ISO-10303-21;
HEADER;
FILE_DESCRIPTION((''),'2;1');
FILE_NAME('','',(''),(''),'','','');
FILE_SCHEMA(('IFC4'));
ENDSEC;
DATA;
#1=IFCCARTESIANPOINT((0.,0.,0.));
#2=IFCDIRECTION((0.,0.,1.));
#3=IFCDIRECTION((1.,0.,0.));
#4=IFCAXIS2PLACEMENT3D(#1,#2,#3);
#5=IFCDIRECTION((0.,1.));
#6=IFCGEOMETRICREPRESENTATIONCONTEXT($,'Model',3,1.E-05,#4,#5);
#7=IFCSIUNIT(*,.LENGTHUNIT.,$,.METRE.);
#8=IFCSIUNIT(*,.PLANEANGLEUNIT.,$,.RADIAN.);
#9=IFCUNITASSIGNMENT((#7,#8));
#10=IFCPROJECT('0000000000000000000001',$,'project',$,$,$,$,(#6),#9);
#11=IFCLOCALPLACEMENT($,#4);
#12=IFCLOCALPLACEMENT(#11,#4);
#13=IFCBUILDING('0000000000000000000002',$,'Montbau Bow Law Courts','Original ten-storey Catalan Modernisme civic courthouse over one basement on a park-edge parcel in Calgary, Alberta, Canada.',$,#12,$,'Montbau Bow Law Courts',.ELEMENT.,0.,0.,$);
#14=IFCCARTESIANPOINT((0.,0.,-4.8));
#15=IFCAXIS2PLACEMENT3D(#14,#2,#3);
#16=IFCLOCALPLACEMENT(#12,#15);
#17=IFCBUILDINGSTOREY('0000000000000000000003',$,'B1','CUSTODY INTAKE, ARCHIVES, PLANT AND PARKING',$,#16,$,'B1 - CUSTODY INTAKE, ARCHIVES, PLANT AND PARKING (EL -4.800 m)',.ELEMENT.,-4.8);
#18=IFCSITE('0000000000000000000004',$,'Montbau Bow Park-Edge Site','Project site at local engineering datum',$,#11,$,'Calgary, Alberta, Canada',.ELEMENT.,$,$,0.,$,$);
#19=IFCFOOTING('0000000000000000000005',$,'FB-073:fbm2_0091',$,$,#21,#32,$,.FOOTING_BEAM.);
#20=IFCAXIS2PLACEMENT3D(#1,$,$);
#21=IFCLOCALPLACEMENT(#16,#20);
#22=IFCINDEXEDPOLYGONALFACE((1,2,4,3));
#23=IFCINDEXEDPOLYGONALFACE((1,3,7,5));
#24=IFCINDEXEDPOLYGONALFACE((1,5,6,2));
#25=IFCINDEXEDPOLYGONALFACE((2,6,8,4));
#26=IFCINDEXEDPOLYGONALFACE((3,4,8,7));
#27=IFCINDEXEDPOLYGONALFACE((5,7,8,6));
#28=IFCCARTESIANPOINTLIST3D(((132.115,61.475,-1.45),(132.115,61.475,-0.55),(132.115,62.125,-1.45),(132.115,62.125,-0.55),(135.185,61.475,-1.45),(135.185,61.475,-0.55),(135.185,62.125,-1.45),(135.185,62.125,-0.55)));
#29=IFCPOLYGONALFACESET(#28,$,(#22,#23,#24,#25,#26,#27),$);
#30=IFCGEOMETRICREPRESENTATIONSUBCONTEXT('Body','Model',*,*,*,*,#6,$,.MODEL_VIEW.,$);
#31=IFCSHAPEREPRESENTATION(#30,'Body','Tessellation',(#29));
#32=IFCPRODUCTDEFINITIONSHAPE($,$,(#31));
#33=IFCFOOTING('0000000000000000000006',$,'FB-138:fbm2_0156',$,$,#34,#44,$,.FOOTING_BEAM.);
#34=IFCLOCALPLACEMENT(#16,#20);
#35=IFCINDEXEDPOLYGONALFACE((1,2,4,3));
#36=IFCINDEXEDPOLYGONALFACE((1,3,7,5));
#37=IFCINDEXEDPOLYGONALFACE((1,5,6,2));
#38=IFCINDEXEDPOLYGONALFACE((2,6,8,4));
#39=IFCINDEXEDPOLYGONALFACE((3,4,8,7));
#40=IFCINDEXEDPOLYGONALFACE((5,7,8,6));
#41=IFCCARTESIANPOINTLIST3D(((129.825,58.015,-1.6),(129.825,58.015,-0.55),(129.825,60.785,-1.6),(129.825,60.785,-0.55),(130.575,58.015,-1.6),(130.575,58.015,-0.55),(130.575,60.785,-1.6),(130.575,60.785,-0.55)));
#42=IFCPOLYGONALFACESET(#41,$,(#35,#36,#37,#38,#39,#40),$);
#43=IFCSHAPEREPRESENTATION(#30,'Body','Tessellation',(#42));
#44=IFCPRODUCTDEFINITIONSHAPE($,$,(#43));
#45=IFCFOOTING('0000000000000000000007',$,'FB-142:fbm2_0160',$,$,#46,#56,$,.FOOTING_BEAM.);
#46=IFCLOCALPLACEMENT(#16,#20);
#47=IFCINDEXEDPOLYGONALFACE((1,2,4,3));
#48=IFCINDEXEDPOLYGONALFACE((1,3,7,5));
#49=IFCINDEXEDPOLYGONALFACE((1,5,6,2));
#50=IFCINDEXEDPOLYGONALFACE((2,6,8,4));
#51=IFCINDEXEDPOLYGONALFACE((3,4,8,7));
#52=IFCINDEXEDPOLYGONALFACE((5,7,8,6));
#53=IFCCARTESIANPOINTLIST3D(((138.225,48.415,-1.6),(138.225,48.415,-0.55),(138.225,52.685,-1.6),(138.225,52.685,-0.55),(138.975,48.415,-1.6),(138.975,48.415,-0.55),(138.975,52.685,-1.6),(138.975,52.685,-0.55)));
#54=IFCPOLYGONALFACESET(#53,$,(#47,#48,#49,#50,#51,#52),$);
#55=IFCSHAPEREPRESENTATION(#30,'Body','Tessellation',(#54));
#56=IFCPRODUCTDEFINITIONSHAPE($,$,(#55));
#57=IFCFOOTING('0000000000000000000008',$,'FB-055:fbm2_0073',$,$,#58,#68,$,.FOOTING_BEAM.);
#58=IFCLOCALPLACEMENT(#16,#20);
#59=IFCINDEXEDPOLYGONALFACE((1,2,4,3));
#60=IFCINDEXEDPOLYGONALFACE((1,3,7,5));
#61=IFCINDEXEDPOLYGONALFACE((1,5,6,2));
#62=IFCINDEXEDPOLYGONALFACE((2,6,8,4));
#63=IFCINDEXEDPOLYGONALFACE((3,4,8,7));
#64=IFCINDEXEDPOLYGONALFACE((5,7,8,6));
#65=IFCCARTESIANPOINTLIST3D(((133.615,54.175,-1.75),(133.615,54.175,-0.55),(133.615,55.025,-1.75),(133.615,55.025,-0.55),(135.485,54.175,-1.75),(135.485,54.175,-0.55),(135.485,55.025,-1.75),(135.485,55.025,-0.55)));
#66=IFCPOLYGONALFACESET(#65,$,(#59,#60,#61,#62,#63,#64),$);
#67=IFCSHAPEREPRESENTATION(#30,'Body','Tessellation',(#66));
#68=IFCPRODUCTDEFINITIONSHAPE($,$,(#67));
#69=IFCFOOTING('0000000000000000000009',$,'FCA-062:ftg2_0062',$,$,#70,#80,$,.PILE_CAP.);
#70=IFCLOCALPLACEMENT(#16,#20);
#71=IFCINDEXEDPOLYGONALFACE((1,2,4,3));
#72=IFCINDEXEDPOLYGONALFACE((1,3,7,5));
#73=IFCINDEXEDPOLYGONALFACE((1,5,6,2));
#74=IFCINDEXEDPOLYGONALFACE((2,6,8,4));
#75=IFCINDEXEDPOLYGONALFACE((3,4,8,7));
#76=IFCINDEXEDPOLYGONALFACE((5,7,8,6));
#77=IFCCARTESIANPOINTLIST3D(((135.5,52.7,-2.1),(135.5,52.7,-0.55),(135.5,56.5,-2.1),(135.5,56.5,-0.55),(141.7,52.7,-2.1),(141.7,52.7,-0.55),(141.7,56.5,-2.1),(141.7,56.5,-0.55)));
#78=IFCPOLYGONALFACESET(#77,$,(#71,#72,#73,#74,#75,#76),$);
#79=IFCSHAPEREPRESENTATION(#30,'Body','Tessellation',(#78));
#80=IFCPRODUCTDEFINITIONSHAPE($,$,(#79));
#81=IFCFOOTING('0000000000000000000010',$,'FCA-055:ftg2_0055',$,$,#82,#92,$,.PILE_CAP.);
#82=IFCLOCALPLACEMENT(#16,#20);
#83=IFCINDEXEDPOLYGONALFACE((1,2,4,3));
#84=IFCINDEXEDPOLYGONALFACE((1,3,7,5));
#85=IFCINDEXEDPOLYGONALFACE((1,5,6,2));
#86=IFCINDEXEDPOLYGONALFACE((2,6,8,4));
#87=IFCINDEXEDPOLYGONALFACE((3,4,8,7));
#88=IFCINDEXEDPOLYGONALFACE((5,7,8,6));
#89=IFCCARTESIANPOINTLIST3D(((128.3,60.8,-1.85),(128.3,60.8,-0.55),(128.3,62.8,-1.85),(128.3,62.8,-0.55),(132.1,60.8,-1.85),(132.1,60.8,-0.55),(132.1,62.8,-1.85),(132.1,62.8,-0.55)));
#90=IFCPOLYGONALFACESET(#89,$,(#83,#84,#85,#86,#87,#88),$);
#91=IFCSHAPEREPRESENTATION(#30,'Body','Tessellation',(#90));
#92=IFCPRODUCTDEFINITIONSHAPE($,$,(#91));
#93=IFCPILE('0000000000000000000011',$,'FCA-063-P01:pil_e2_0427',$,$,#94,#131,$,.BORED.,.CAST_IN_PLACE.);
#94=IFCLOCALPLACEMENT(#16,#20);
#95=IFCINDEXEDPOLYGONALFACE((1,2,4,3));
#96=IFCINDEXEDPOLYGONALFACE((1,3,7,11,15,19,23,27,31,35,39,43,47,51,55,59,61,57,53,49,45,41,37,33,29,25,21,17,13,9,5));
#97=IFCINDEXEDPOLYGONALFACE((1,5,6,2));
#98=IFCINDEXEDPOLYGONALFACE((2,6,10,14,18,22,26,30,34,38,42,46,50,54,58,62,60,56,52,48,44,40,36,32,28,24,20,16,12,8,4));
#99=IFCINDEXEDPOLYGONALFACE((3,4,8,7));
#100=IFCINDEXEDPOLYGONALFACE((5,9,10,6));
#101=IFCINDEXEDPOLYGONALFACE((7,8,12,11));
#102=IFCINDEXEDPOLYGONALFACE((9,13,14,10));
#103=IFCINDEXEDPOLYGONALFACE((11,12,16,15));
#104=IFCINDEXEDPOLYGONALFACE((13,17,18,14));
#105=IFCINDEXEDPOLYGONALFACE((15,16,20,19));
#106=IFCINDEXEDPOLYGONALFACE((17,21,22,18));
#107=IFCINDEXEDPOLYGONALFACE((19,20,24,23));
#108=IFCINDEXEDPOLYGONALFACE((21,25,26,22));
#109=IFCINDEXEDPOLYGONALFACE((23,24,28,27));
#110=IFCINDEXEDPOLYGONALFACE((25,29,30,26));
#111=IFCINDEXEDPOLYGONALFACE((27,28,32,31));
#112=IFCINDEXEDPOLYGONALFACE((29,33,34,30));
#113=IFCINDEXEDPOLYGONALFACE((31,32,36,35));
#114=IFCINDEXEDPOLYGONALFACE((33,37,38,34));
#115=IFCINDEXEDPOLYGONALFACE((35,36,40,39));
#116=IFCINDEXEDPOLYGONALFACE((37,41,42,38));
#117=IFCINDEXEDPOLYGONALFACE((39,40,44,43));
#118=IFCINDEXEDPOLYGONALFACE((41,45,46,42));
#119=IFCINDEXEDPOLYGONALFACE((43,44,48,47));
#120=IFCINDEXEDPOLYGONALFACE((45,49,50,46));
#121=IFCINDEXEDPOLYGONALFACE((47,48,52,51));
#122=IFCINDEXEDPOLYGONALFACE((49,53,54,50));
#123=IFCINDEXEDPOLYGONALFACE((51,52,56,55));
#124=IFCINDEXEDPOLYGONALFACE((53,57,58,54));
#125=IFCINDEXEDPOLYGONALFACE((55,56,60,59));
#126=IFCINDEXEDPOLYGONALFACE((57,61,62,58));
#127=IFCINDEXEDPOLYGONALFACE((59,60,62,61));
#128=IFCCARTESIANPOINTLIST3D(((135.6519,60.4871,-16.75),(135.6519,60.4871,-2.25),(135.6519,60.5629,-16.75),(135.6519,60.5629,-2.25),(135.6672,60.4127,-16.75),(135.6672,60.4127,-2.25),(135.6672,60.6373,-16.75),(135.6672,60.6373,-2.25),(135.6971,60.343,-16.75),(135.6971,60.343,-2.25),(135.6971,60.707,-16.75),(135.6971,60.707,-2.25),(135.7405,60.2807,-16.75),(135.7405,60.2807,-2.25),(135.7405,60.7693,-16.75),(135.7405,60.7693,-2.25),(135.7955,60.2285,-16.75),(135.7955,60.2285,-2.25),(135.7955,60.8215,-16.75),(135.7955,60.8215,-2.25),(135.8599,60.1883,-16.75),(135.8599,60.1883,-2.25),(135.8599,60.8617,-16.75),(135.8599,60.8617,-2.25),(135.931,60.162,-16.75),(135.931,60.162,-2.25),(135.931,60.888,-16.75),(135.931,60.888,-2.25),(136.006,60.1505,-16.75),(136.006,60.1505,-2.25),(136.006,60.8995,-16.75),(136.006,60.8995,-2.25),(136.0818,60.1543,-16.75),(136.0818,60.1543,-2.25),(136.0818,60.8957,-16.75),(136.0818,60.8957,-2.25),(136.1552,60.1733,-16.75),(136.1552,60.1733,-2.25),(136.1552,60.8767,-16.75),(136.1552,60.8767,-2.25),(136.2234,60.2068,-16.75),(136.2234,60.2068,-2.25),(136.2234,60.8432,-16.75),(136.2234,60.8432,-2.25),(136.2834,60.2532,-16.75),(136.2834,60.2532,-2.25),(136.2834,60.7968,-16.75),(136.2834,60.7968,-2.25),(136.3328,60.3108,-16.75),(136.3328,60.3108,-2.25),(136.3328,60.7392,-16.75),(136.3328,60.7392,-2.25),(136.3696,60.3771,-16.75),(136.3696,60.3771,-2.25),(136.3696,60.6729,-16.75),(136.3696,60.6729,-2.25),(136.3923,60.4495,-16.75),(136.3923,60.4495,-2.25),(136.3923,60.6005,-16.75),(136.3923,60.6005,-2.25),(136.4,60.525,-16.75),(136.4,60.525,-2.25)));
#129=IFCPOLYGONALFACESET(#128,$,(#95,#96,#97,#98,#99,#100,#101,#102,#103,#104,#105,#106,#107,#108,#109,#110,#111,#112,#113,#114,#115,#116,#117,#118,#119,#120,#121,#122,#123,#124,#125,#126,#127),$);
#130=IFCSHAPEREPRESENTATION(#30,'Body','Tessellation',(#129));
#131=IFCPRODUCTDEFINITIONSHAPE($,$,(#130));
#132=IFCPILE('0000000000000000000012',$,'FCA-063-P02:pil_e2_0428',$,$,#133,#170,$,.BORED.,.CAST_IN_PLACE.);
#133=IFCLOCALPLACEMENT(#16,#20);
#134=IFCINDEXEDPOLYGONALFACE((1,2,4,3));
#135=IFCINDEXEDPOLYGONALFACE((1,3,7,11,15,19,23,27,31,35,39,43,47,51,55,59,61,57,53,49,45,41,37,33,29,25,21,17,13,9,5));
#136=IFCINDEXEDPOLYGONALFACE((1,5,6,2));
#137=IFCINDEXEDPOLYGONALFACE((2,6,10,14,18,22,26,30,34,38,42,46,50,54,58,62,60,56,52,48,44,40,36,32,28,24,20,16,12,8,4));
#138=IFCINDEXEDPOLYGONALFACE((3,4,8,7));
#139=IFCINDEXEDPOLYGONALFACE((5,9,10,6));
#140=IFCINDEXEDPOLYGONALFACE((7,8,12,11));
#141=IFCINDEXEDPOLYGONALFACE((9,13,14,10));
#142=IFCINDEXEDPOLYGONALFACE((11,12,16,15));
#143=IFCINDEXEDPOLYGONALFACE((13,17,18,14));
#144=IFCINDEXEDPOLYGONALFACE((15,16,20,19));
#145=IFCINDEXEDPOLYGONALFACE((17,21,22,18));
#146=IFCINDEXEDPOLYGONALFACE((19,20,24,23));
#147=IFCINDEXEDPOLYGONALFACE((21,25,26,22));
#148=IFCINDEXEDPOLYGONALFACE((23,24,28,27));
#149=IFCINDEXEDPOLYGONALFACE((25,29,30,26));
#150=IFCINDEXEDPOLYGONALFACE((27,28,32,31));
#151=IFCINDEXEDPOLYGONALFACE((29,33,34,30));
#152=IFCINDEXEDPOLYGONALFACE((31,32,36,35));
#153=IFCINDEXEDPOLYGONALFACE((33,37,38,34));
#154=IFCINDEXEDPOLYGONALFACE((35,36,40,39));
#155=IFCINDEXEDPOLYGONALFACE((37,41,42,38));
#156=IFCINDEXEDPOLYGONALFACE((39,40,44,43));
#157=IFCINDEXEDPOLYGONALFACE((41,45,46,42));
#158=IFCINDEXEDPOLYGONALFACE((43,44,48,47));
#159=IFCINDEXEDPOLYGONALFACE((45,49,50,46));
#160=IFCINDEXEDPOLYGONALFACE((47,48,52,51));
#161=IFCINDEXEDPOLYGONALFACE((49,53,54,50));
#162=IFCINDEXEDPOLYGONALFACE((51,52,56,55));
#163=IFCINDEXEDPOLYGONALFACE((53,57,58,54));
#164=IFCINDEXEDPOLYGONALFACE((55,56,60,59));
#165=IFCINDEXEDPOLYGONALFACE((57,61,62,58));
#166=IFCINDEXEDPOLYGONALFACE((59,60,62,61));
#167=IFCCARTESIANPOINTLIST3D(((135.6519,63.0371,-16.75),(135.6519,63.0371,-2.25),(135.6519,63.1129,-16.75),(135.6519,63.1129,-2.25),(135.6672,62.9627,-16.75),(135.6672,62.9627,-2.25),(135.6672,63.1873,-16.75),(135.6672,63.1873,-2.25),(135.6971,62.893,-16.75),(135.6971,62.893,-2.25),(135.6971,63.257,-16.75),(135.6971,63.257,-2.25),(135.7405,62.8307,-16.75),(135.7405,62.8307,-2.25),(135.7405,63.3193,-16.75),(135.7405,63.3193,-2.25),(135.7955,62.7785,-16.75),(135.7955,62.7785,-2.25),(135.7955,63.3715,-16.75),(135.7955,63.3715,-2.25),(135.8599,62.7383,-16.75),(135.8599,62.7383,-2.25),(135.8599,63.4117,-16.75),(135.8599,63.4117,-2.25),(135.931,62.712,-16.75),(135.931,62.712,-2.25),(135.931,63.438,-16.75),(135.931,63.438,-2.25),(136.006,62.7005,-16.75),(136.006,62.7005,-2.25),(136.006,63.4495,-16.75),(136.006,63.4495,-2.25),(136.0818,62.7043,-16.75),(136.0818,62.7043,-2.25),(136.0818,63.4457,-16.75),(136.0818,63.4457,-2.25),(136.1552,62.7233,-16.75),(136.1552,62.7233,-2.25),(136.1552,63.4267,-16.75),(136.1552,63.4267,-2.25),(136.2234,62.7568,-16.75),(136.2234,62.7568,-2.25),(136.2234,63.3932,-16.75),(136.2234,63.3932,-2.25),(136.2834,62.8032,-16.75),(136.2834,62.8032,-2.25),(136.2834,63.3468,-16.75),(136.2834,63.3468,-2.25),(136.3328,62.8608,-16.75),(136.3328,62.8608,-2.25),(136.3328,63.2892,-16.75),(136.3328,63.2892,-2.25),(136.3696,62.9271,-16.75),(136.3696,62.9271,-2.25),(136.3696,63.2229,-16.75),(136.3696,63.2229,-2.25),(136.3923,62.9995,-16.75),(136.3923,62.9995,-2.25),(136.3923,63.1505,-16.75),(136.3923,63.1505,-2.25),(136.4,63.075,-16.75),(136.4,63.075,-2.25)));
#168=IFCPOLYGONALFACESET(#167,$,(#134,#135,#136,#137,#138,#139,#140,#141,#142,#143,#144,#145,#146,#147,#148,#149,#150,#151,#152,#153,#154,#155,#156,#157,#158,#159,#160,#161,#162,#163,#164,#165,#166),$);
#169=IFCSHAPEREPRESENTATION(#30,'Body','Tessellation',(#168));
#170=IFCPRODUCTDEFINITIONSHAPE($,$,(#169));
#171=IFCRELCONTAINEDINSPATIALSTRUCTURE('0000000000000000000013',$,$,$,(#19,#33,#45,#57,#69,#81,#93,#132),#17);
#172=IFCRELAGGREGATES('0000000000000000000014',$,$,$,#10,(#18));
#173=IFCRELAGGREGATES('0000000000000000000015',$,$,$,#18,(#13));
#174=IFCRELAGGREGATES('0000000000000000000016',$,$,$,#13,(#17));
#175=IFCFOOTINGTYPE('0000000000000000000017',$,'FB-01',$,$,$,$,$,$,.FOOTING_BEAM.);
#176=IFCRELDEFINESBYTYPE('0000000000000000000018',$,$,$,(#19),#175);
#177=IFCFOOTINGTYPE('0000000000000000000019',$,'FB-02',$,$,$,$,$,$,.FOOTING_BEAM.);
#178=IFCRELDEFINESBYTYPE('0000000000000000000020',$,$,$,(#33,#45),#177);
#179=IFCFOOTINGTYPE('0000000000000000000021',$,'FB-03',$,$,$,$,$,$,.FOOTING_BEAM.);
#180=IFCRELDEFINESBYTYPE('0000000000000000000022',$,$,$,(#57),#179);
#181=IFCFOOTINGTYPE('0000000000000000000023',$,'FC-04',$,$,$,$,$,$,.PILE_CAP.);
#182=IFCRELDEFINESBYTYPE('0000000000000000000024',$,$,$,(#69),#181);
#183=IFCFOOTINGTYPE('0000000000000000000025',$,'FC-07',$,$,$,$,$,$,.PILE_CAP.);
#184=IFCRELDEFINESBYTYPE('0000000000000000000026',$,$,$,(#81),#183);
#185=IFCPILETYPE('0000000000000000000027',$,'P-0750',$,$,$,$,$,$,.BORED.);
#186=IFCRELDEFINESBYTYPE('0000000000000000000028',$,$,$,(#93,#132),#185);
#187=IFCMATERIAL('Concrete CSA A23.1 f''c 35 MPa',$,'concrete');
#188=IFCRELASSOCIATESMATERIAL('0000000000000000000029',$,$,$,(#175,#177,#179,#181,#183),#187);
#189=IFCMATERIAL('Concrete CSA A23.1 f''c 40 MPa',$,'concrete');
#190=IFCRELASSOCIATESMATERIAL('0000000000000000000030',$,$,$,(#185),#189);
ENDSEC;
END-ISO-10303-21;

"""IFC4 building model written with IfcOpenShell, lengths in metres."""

from ifc_helpers import new_model, si_unit, direction, frame, origin_with_axes, origin_2d_with_axis, place, context, subcontext, project, spatial, rectangle, circle, extrude, material, material_profile, profile_set, type_object, element, save


model = new_model("IFC4")

# Units and contexts
model_context = context("Model", 3, precision=1e-05, world=origin_with_axes(), true_north=direction((0.0, 1.0)))
body_context = subcontext(model_context, "Body", "Model", "MODEL_VIEW")
ifc_project = project(units=[si_unit("LENGTHUNIT", "METRE"), si_unit("PLANEANGLEUNIT", "RADIAN")], contexts=[model_context])

# Site, building, storey
site_placement = place(None, origin_with_axes())
site = spatial("IfcSite", under=ifc_project, at=site_placement, Name="Montbau Bow Park-Edge Site", Description="Project site at local engineering datum", LongName="Calgary, Alberta, Canada", CompositionType="ELEMENT", RefElevation=0.0)
building_placement = place(site_placement, origin_with_axes())
building = spatial("IfcBuilding", under=site, at=building_placement, Name="Montbau Bow Law Courts", Description="Original ten-storey Catalan Modernisme civic courthouse over one basement on a park-edge parcel in Calgary, Alberta, Canada.", LongName="Montbau Bow Law Courts", CompositionType="ELEMENT", ElevationOfRefHeight=0.0, ElevationOfTerrain=0.0)
storey_placement = place(building_placement, frame((0.0, 0.0, -4.8), z_axis=(0.0, 0.0, 1.0), x_axis=(1.0, 0.0, 0.0)))
storey = spatial("IfcBuildingStorey", under=building, at=storey_placement, Name="B1", Description="CUSTODY INTAKE, ARCHIVES, PLANT AND PARKING", LongName="B1 - CUSTODY INTAKE, ARCHIVES, PLANT AND PARKING (EL -4.800 m)", CompositionType="ELEMENT", Elevation=-4.8)

# Footings
ifc_material_1 = material(Name="Concrete CSA A23.1 f'c 35 MPa", Category="concrete")
footing_type_1 = type_object("IfcFootingType", Name="FB-01", PredefinedType="FOOTING_BEAM", material=ifc_material_1)
footing_1_placement = place(None, frame((133.65, 61.8, -6.25), z_axis=(0.0, 0.0, 1.0), x_axis=(1.0, 0.0, 0.0)))
element("IfcFooting", 1, at=footing_1_placement, inside=storey, type_object=footing_type_1, Name="FB-073:fbm2_0091", PredefinedType="FOOTING_BEAM", context=body_context, shape_type="SweptSolid", body=[
    extrude(rectangle(XDim=3.07, YDim=0.65, at=origin_2d_with_axis()), origin_with_axes(), (0.0, 0.0, 1.0), 0.9),
])
footing_type_2 = type_object("IfcFootingType", Name="FB-02", PredefinedType="FOOTING_BEAM", material=ifc_material_1)
footing_2_placement = place(None, frame((130.2, 59.4, -6.4), z_axis=(0.0, 0.0, 1.0), x_axis=(0.0, 1.0, 0.0)))
element("IfcFooting", 2, at=footing_2_placement, inside=storey, type_object=footing_type_2, Name="FB-138:fbm2_0156", PredefinedType="FOOTING_BEAM", context=body_context, shape_type="SweptSolid", body=[
    extrude(rectangle(XDim=2.77, YDim=0.75, at=origin_2d_with_axis()), origin_with_axes(), (0.0, 0.0, 1.0), 1.05),
])
footing_3_placement = place(None, frame((138.6, 50.55, -6.4), z_axis=(0.0, 0.0, 1.0), x_axis=(0.0, 1.0, 0.0)))
element("IfcFooting", 3, at=footing_3_placement, inside=storey, type_object=footing_type_2, Name="FB-142:fbm2_0160", PredefinedType="FOOTING_BEAM", context=body_context, shape_type="SweptSolid", body=[
    extrude(rectangle(XDim=4.27, YDim=0.75, at=origin_2d_with_axis()), origin_with_axes(), (0.0, 0.0, 1.0), 1.05),
])
footing_type_3 = type_object("IfcFootingType", Name="FB-03", PredefinedType="FOOTING_BEAM", material=ifc_material_1)
footing_4_placement = place(None, frame((134.55, 54.6, -6.55), z_axis=(0.0, 0.0, 1.0), x_axis=(1.0, 0.0, 0.0)))
element("IfcFooting", 4, at=footing_4_placement, inside=storey, type_object=footing_type_3, Name="FB-055:fbm2_0073", PredefinedType="FOOTING_BEAM", context=body_context, shape_type="SweptSolid", body=[
    extrude(rectangle(XDim=1.87, YDim=0.85, at=origin_2d_with_axis()), origin_with_axes(), (0.0, 0.0, 1.0), 1.2),
])
footing_type_4 = type_object("IfcFootingType", Name="FC-04", PredefinedType="PILE_CAP", material=ifc_material_1)
footing_5_placement = place(None, frame((138.6, 54.6, -6.9), z_axis=(0.0, 0.0, 1.0), x_axis=(1.0, 0.0, 0.0)))
element("IfcFooting", 5, at=footing_5_placement, inside=storey, type_object=footing_type_4, Name="FCA-062:ftg2_0062", PredefinedType="PILE_CAP", context=body_context, shape_type="SweptSolid", body=[
    extrude(rectangle(XDim=6.2, YDim=3.8, at=origin_2d_with_axis()), origin_with_axes(), (0.0, 0.0, 1.0), 1.55),
])
footing_type_5 = type_object("IfcFootingType", Name="FC-07", PredefinedType="PILE_CAP", material=ifc_material_1)
footing_6_placement = place(None, frame((130.2, 61.8, -6.65), z_axis=(0.0, 0.0, 1.0), x_axis=(1.0, 0.0, 0.0)))
element("IfcFooting", 6, at=footing_6_placement, inside=storey, type_object=footing_type_5, Name="FCA-055:ftg2_0055", PredefinedType="PILE_CAP", context=body_context, shape_type="SweptSolid", body=[
    extrude(rectangle(XDim=3.8, YDim=2.0, at=origin_2d_with_axis()), origin_with_axes(), (0.0, 0.0, 1.0), 1.3),
])

# Piles
ifc_material_2 = material(Name="Concrete CSA A23.1 f'c 40 MPa", Category="concrete")
ifc_material_profile_1 = material_profile(ifc_material_2, circle(Radius=0.375, at=origin_2d_with_axis()), Name="BP750", Category="Main", Priority=0)
ifc_profile_set_1 = profile_set([ifc_material_profile_1], Name="Concrete CSA A23.1 f'c 40 MPa")
pile_type_1 = type_object("IfcPileType", Name="P-0750", PredefinedType="BORED", material=ifc_profile_set_1)
for number, where, z_axis, x_axis, name in (
    (7, (136.025, 60.525, -21.55), (0.0, 0.0, 1.0), (1.0, 0.0, 0.0), "FCA-063-P01:pil_e2_0427"),
    (8, (136.025, 63.075, -21.55), (0.0, 0.0, 1.0), (1.0, 0.0, 0.0), "FCA-063-P02:pil_e2_0428"),
):
    element("IfcPile", number, at=place(None, frame(where, z_axis=z_axis, x_axis=x_axis)), inside=storey, type_object=pile_type_1, Name=name, ConstructionType="CAST_IN_PLACE", PredefinedType="BORED", context=body_context, shape_type="SweptSolid", body=[
        extrude(circle(Radius=0.375, at=origin_2d_with_axis()), origin_with_axes(), (0.0, 0.0, 1.0), 14.5),
    ])

save(model, "model.ifc")
